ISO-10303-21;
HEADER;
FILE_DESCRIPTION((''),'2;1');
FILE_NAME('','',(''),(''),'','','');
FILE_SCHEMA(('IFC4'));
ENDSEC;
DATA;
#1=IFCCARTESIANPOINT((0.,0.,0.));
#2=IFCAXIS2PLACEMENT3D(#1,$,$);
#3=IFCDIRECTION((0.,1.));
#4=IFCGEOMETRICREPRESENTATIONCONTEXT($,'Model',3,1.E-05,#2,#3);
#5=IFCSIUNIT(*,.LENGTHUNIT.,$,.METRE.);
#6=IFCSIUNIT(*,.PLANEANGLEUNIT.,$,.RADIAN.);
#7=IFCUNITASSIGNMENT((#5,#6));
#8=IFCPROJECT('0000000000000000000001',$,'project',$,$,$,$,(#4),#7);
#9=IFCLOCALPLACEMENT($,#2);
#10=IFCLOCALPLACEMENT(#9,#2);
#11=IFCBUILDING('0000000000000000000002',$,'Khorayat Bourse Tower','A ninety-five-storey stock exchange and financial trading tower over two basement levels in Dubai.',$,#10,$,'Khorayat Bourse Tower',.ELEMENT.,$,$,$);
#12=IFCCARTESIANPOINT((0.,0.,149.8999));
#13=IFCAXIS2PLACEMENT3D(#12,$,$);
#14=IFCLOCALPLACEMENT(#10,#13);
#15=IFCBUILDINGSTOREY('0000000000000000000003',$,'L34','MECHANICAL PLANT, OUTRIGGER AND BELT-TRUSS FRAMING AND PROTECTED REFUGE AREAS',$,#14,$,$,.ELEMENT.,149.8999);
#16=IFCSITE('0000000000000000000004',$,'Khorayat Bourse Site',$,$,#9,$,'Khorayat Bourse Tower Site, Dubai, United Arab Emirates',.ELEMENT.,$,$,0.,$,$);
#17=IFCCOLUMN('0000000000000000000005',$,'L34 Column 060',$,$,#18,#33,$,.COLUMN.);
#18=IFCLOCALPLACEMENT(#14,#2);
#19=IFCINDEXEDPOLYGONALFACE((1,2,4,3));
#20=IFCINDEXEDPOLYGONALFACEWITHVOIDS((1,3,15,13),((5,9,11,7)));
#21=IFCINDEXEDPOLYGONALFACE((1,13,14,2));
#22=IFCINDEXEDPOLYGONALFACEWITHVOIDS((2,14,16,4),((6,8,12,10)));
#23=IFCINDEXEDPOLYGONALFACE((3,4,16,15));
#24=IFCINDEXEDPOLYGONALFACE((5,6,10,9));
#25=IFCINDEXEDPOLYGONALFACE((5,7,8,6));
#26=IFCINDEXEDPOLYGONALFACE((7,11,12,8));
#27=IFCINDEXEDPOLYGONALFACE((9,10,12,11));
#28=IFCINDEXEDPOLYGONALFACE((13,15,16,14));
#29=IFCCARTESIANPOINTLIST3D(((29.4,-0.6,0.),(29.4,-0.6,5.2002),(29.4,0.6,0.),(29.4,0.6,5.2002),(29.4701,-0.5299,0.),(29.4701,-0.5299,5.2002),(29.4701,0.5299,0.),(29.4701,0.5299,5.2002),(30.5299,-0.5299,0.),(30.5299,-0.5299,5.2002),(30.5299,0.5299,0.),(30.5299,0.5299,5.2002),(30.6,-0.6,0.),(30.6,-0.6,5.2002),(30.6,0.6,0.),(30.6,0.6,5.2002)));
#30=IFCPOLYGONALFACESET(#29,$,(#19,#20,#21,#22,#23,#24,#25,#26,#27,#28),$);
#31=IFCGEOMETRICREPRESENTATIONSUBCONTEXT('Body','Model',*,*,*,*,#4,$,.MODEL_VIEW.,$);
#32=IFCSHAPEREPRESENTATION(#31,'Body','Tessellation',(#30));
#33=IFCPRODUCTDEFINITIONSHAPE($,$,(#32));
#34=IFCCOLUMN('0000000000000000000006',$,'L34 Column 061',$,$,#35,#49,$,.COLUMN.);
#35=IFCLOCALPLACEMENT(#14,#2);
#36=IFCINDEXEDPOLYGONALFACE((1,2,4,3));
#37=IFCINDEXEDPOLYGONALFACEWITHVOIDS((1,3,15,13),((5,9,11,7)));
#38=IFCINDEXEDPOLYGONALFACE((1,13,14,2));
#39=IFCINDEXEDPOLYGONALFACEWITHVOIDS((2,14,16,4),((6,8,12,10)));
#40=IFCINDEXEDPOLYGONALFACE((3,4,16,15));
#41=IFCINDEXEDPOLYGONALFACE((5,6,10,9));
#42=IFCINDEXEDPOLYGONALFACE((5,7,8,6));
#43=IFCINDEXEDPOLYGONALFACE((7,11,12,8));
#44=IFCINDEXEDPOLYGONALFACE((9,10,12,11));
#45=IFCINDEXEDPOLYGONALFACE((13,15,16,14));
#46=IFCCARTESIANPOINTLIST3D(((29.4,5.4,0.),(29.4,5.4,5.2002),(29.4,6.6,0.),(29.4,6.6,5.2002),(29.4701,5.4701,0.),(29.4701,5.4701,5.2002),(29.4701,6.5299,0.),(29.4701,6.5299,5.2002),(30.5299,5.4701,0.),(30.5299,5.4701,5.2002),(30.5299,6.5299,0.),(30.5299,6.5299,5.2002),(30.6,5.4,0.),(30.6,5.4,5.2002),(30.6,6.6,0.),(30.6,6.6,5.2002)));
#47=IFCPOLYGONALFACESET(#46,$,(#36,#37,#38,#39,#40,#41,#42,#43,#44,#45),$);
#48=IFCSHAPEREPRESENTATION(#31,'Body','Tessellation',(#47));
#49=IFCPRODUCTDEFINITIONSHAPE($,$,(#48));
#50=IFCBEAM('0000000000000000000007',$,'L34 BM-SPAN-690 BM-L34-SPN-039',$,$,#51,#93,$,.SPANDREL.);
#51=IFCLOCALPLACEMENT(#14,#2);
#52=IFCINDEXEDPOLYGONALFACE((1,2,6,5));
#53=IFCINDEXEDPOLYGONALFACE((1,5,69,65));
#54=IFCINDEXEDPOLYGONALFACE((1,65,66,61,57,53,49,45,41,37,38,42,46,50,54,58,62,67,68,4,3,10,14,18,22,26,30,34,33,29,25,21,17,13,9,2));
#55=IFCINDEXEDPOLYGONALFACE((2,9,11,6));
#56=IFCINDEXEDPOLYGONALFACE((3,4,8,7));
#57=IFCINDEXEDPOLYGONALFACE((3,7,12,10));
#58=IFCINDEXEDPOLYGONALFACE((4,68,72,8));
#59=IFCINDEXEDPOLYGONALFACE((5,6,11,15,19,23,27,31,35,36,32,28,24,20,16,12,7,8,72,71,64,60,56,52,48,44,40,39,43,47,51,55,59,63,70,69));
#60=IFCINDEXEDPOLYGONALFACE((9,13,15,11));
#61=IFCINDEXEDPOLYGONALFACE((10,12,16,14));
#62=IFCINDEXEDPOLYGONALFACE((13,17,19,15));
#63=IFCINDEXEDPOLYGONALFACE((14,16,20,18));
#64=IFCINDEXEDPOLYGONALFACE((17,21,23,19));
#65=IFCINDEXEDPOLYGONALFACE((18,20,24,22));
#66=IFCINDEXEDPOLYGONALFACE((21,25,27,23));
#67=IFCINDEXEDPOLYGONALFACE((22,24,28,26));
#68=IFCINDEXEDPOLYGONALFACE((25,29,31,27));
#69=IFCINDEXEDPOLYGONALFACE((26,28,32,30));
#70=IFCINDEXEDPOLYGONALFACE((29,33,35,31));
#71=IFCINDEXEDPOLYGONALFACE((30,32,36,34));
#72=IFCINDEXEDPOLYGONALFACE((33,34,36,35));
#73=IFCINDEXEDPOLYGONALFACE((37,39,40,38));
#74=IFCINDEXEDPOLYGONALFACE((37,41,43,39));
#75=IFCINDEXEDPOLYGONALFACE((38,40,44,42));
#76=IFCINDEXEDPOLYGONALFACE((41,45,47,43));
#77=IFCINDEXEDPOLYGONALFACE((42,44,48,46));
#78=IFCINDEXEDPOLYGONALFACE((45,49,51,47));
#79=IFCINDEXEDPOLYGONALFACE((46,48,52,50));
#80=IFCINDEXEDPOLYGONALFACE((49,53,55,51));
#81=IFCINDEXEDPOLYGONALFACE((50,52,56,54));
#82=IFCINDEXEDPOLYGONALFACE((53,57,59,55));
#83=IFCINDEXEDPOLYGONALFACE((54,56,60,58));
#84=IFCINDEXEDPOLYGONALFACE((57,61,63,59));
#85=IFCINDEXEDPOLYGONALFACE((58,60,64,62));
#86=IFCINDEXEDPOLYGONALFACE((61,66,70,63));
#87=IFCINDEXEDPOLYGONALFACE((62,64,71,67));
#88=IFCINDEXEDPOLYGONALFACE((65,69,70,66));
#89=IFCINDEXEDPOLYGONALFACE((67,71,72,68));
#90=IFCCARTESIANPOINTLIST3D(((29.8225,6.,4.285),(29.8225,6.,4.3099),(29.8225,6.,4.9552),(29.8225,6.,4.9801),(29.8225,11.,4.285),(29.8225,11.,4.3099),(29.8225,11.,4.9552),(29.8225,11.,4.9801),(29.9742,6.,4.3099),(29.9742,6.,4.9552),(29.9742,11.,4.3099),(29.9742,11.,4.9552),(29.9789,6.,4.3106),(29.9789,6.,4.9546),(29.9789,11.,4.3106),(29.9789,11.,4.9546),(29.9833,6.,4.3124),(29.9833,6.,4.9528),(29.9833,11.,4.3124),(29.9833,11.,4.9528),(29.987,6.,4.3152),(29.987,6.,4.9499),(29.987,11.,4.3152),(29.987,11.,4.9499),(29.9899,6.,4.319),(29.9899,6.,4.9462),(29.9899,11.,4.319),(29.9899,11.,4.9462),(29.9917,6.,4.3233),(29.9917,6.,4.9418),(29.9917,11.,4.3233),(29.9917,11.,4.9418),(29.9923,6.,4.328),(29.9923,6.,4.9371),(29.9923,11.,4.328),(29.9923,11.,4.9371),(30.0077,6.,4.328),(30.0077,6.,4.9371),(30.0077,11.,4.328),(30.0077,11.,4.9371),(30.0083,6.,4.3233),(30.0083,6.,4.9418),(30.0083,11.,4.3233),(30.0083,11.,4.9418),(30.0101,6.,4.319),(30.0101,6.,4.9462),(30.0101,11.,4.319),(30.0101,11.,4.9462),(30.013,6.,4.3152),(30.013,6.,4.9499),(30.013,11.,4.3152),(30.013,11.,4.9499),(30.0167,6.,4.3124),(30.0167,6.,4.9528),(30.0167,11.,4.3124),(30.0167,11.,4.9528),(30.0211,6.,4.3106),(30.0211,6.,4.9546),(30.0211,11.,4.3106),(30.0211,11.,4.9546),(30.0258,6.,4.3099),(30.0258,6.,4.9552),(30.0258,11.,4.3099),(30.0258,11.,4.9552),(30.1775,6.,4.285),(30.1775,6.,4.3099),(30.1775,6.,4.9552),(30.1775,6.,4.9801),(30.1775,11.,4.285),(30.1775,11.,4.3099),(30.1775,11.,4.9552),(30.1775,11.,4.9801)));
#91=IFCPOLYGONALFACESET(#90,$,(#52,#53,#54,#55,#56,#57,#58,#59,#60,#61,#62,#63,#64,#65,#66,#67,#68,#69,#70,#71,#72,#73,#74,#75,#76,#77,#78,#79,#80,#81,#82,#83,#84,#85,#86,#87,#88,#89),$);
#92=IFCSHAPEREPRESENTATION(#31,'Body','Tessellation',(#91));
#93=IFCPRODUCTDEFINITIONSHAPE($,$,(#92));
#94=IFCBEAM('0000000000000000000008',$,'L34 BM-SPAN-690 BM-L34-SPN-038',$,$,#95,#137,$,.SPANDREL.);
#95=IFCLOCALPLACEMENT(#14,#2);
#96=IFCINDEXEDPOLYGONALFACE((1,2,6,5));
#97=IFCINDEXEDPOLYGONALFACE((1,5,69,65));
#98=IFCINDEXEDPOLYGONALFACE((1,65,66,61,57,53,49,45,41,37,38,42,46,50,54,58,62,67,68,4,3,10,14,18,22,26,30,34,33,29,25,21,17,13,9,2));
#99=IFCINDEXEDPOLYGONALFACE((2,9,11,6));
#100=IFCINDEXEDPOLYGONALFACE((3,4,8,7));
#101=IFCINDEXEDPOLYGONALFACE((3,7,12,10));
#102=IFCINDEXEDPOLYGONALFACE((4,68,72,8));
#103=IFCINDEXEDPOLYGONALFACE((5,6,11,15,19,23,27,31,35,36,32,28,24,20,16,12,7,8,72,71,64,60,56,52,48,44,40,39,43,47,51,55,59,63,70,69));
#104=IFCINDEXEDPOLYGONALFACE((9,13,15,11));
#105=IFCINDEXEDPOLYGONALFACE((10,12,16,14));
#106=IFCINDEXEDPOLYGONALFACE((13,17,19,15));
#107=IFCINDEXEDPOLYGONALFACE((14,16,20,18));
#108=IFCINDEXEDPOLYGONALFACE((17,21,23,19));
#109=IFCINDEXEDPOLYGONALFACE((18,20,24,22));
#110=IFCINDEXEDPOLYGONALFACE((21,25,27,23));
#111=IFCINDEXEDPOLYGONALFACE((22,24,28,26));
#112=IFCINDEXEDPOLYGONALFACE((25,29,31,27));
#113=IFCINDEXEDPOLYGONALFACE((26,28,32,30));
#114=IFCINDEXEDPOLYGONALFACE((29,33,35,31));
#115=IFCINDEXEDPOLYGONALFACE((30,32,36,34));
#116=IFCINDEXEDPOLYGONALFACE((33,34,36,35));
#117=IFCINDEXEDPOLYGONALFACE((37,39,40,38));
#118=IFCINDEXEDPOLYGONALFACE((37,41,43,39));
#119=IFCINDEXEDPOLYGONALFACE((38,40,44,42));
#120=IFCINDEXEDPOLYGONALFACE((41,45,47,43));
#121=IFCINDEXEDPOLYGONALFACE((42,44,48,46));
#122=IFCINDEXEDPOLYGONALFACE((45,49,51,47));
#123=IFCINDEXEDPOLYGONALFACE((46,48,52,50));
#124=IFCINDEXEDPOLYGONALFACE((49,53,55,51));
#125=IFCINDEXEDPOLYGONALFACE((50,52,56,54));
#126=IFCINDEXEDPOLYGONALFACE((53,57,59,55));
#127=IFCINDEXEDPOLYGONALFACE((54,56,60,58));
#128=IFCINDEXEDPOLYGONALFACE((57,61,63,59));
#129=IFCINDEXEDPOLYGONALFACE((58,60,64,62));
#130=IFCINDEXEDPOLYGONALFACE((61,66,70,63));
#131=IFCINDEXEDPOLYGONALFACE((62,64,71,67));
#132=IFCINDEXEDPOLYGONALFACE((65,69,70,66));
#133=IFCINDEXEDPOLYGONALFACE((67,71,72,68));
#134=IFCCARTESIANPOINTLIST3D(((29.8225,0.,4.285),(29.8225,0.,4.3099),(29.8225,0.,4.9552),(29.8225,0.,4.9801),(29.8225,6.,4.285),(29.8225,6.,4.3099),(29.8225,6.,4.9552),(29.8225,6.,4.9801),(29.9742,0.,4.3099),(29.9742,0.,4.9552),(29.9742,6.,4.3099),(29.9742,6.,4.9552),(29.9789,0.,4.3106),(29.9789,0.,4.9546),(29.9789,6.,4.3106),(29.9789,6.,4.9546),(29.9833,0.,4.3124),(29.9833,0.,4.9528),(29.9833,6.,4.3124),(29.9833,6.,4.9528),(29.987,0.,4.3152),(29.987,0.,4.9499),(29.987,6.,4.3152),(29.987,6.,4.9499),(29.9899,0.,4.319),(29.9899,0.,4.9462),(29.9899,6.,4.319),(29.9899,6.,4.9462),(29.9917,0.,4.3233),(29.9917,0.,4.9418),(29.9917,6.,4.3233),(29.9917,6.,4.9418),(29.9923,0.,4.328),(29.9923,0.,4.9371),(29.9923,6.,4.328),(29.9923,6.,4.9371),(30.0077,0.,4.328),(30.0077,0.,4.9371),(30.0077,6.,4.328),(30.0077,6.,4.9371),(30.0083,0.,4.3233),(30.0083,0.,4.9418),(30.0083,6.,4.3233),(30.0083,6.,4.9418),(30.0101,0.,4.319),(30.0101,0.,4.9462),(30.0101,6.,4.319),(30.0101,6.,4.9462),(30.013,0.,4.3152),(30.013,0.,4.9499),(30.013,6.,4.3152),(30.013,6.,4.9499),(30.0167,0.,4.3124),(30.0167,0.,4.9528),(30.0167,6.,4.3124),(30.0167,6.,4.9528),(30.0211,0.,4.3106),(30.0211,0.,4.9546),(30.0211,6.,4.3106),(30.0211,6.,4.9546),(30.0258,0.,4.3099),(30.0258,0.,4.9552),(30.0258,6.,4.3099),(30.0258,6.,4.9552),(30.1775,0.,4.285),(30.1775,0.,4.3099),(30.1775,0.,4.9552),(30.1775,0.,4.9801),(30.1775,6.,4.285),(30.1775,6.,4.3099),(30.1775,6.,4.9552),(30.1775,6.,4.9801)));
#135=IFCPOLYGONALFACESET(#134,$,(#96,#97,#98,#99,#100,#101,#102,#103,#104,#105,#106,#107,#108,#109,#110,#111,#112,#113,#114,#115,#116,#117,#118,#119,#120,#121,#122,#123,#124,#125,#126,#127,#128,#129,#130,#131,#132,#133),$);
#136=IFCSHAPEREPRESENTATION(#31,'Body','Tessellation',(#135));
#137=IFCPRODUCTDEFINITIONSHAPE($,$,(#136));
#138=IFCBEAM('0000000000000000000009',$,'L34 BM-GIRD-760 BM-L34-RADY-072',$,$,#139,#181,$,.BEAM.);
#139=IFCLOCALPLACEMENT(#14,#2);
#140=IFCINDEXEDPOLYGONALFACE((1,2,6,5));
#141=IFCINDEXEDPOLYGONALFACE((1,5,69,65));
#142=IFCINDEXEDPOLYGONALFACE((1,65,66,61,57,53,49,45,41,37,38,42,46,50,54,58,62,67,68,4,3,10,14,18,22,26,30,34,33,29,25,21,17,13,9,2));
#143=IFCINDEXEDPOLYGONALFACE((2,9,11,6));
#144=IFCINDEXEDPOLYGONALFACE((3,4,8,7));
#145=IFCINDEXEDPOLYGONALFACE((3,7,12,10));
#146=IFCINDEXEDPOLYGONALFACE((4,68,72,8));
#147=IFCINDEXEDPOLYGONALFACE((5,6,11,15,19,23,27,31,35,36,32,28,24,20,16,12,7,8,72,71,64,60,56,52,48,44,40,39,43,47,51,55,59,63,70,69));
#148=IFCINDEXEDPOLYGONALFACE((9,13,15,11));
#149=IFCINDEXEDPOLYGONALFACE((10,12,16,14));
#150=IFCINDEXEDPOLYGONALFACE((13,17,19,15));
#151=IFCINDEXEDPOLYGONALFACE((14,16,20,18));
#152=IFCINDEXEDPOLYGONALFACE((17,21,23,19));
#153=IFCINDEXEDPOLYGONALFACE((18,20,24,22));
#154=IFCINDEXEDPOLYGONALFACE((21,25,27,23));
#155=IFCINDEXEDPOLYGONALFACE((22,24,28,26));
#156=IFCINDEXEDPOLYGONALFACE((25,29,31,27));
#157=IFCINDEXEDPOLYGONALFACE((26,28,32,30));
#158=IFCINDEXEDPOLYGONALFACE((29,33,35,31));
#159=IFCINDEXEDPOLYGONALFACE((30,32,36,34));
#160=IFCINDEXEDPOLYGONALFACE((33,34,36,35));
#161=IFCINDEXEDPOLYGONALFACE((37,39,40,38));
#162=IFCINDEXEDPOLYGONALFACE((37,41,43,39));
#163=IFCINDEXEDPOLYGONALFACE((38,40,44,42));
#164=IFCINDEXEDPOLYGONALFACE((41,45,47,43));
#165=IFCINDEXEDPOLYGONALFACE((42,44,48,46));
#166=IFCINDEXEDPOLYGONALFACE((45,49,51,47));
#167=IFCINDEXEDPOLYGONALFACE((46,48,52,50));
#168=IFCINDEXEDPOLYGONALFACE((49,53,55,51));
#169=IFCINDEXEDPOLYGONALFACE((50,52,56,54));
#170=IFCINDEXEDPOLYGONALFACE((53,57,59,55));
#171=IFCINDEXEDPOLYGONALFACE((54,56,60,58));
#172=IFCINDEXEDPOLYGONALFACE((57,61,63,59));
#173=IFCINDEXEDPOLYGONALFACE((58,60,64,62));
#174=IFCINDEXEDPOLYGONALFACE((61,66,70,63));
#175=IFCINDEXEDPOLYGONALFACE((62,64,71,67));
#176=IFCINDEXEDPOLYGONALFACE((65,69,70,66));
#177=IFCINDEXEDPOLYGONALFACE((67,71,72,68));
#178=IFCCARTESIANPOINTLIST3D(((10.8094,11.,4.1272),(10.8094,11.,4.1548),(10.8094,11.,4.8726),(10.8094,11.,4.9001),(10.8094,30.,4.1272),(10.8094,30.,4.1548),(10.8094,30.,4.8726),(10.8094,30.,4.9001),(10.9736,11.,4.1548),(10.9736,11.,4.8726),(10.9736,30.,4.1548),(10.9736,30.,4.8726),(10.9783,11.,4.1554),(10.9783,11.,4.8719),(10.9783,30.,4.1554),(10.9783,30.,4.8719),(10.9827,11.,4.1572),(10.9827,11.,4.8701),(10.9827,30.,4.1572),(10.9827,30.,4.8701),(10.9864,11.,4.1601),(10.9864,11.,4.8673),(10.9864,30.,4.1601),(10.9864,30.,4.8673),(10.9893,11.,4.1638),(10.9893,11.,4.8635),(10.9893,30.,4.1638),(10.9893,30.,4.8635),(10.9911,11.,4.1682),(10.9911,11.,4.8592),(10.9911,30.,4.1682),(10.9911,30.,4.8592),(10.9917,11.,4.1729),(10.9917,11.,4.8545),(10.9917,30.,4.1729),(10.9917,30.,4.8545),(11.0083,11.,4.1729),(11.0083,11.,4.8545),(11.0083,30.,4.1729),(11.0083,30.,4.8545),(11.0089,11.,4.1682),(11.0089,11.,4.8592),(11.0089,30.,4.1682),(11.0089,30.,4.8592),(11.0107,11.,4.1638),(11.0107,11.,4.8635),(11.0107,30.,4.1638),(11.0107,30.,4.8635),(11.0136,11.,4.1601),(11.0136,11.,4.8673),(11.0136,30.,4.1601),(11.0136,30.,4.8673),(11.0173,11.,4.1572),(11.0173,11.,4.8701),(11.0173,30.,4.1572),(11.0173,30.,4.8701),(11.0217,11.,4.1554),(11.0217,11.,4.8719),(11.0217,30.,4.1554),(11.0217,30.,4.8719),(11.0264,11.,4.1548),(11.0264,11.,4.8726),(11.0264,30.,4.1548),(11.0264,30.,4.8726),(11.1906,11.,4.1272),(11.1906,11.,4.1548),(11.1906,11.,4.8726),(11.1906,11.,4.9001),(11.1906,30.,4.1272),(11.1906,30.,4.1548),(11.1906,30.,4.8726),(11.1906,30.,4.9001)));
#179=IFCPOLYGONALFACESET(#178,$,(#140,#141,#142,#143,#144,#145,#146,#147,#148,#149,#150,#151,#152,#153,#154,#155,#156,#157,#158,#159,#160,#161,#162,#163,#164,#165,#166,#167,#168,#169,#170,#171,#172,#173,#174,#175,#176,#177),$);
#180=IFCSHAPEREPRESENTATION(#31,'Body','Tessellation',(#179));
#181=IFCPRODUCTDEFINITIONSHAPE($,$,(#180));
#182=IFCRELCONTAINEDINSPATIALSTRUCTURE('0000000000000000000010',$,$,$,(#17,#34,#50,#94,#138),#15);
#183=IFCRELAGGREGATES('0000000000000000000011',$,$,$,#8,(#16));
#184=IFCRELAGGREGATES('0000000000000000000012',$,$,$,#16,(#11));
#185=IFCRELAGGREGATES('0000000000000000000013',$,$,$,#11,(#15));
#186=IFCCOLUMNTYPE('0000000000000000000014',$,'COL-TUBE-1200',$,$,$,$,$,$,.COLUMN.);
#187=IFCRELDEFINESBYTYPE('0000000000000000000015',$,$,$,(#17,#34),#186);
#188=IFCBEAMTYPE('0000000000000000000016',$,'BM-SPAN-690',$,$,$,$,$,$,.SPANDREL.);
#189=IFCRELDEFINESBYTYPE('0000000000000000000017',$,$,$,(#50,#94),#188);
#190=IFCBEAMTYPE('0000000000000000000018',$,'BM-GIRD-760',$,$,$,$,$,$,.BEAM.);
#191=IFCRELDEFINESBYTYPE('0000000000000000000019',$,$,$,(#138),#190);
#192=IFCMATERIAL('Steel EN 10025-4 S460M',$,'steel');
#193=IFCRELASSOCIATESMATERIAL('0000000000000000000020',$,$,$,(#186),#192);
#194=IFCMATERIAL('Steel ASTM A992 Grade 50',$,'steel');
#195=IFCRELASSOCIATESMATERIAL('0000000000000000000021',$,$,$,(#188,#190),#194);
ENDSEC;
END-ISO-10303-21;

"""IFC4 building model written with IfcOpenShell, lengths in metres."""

from ifc_helpers import new_model, si_unit, direction, frame, origin, origin_2d, place, context, subcontext, project, spatial, hollow_rectangle, i_section, extrude, source, transform, mapped, material, material_profile, profile_set, type_object, element, save


model = new_model("IFC4")

# Units and contexts
model_context = context("Model", 3, precision=1e-05, world=origin(), true_north=direction((0.0, 1.0)))
body_context = subcontext(model_context, "Body", "Model", "MODEL_VIEW")
ifc_project = project(units=[si_unit("LENGTHUNIT", "METRE"), si_unit("PLANEANGLEUNIT", "RADIAN")], contexts=[model_context])

# Site, building, storey
site_placement = place(None, origin())
site = spatial("IfcSite", under=ifc_project, at=site_placement, Name="Khorayat Bourse Site", LongName="Khorayat Bourse Tower Site, Dubai, United Arab Emirates", CompositionType="ELEMENT", RefElevation=0.0)
building_placement = place(site_placement, origin())
building = spatial("IfcBuilding", under=site, at=building_placement, Name="Khorayat Bourse Tower", Description="A ninety-five-storey stock exchange and financial trading tower over two basement levels in Dubai.", LongName="Khorayat Bourse Tower", CompositionType="ELEMENT")
storey_placement = place(building_placement, frame((0.0, 0.0, 149.8999)))
storey = spatial("IfcBuildingStorey", under=building, at=storey_placement, Name="L34", Description="MECHANICAL PLANT, OUTRIGGER AND BELT-TRUSS FRAMING AND PROTECTED REFUGE AREAS", CompositionType="ELEMENT", Elevation=149.8999)

# Columns
ifc_material_1 = material(Name="Steel EN 10025-4 S460M", Category="steel")
ifc_material_profile_1 = material_profile(ifc_material_1, hollow_rectangle(XDim=1.2, YDim=1.2, WallThickness=0.0701, at=origin_2d()), Name="BOX 1200x1200x70")
ifc_profile_set_1 = profile_set([ifc_material_profile_1], Name="Steel EN 10025-4 S460M")
column_type = type_object("IfcColumnType", Name="COL-TUBE-1200", PredefinedType="COLUMN", material=ifc_profile_set_1)
shared_shape_1 = source(origin(), body_context, "Body", "SweptSolid", [
    extrude(hollow_rectangle(XDim=1.2, YDim=1.2, WallThickness=0.0701, at=origin_2d()), origin(), (0.0, 0.0, 1.0), 5.2002),
])
for number, where, z_axis, x_axis, name in (
    (1, (30.0, 0.0, 0.0), (0.0, 0.0, 1.0), (1.0, 0.0, 0.0), "L34 Column 060"),
    (2, (30.0, 6.0, 0.0), (0.0, 0.0, 1.0), (1.0, 0.0, 0.0), "L34 Column 061"),
):
    element("IfcColumn", number, at=place(storey_placement, frame(where, z_axis=z_axis, x_axis=x_axis)), inside=storey, type_object=column_type, Name=name, PredefinedType="COLUMN", context=body_context, shape_type="MappedRepresentation", body=[
        mapped(shared_shape_1, transform((0.0, 0.0, 0.0), scale=1.0)),
    ])

# Beams
ifc_material_2 = material(Name="Steel ASTM A992 Grade 50", Category="steel")
ifc_material_profile_2 = material_profile(ifc_material_2, i_section(OverallWidth=0.355, OverallDepth=0.6951, WebThickness=0.0154, FlangeThickness=0.0249, FilletRadius=0.0181, at=origin_2d()), Name="W690X217")
ifc_profile_set_2 = profile_set([ifc_material_profile_2], Name="Steel ASTM A992 Grade 50")
beam_type_1 = type_object("IfcBeamType", Name="BM-SPAN-690", PredefinedType="SPANDREL", material=ifc_profile_set_2)
shared_shape_2 = source(origin(), body_context, "Body", "SweptSolid", [
    extrude(i_section(OverallWidth=0.355, OverallDepth=0.6951, WebThickness=0.0154, FlangeThickness=0.0249, FilletRadius=0.0181, at=origin_2d()), origin(), (0.0, 0.0, 1.0), 5.0),
])
beam_1_placement = place(storey_placement, frame((30.0, 6.0, 4.6326), z_axis=(0.0, 1.0, 0.0), x_axis=(-1.0, 0.0, 0.0)))
element("IfcBeam", 3, at=beam_1_placement, inside=storey, type_object=beam_type_1, Name="L34 BM-SPAN-690 BM-L34-SPN-039", PredefinedType="SPANDREL", context=body_context, shape_type="MappedRepresentation", body=[
    mapped(shared_shape_2, transform((0.0, 0.0, 0.0), scale=1.0)),
])
shared_shape_3 = source(origin(), body_context, "Body", "SweptSolid", [
    extrude(i_section(OverallWidth=0.355, OverallDepth=0.6951, WebThickness=0.0154, FlangeThickness=0.0249, FilletRadius=0.0181, at=origin_2d()), origin(), (0.0, 0.0, 1.0), 6.0),
])
beam_2_placement = place(storey_placement, frame((30.0, 0.0, 4.6326), z_axis=(0.0, 1.0, 0.0), x_axis=(-1.0, 0.0, 0.0)))
element("IfcBeam", 4, at=beam_2_placement, inside=storey, type_object=beam_type_1, Name="L34 BM-SPAN-690 BM-L34-SPN-038", PredefinedType="SPANDREL", context=body_context, shape_type="MappedRepresentation", body=[
    mapped(shared_shape_3, transform((0.0, 0.0, 0.0), scale=1.0)),
])
ifc_material_profile_3 = material_profile(ifc_material_2, i_section(OverallWidth=0.3811, OverallDepth=0.7729, WebThickness=0.0166, FlangeThickness=0.0276, FilletRadius=0.0181, at=origin_2d()), Name="W760X257")
ifc_profile_set_3 = profile_set([ifc_material_profile_3], Name="Steel ASTM A992 Grade 50")
beam_type_2 = type_object("IfcBeamType", Name="BM-GIRD-760", PredefinedType="BEAM", material=ifc_profile_set_3)
shared_shape_4 = source(origin(), body_context, "Body", "SweptSolid", [
    extrude(i_section(OverallWidth=0.3811, OverallDepth=0.7729, WebThickness=0.0166, FlangeThickness=0.0276, FilletRadius=0.0181, at=origin_2d()), origin(), (0.0, 0.0, 1.0), 19.0),
])
for number, where, z_axis, x_axis, name in (
    (5, (11.0, 11.0, 4.5137), (0.0, 1.0, 0.0), (-1.0, 0.0, 0.0), "L34 BM-GIRD-760 BM-L34-RADY-072"),
):
    element("IfcBeam", number, at=place(storey_placement, frame(where, z_axis=z_axis, x_axis=x_axis)), inside=storey, type_object=beam_type_2, Name=name, PredefinedType="BEAM", context=body_context, shape_type="MappedRepresentation", body=[
        mapped(shared_shape_4, transform((0.0, 0.0, 0.0), scale=1.0)),
    ])

save(model, "model.ifc")
